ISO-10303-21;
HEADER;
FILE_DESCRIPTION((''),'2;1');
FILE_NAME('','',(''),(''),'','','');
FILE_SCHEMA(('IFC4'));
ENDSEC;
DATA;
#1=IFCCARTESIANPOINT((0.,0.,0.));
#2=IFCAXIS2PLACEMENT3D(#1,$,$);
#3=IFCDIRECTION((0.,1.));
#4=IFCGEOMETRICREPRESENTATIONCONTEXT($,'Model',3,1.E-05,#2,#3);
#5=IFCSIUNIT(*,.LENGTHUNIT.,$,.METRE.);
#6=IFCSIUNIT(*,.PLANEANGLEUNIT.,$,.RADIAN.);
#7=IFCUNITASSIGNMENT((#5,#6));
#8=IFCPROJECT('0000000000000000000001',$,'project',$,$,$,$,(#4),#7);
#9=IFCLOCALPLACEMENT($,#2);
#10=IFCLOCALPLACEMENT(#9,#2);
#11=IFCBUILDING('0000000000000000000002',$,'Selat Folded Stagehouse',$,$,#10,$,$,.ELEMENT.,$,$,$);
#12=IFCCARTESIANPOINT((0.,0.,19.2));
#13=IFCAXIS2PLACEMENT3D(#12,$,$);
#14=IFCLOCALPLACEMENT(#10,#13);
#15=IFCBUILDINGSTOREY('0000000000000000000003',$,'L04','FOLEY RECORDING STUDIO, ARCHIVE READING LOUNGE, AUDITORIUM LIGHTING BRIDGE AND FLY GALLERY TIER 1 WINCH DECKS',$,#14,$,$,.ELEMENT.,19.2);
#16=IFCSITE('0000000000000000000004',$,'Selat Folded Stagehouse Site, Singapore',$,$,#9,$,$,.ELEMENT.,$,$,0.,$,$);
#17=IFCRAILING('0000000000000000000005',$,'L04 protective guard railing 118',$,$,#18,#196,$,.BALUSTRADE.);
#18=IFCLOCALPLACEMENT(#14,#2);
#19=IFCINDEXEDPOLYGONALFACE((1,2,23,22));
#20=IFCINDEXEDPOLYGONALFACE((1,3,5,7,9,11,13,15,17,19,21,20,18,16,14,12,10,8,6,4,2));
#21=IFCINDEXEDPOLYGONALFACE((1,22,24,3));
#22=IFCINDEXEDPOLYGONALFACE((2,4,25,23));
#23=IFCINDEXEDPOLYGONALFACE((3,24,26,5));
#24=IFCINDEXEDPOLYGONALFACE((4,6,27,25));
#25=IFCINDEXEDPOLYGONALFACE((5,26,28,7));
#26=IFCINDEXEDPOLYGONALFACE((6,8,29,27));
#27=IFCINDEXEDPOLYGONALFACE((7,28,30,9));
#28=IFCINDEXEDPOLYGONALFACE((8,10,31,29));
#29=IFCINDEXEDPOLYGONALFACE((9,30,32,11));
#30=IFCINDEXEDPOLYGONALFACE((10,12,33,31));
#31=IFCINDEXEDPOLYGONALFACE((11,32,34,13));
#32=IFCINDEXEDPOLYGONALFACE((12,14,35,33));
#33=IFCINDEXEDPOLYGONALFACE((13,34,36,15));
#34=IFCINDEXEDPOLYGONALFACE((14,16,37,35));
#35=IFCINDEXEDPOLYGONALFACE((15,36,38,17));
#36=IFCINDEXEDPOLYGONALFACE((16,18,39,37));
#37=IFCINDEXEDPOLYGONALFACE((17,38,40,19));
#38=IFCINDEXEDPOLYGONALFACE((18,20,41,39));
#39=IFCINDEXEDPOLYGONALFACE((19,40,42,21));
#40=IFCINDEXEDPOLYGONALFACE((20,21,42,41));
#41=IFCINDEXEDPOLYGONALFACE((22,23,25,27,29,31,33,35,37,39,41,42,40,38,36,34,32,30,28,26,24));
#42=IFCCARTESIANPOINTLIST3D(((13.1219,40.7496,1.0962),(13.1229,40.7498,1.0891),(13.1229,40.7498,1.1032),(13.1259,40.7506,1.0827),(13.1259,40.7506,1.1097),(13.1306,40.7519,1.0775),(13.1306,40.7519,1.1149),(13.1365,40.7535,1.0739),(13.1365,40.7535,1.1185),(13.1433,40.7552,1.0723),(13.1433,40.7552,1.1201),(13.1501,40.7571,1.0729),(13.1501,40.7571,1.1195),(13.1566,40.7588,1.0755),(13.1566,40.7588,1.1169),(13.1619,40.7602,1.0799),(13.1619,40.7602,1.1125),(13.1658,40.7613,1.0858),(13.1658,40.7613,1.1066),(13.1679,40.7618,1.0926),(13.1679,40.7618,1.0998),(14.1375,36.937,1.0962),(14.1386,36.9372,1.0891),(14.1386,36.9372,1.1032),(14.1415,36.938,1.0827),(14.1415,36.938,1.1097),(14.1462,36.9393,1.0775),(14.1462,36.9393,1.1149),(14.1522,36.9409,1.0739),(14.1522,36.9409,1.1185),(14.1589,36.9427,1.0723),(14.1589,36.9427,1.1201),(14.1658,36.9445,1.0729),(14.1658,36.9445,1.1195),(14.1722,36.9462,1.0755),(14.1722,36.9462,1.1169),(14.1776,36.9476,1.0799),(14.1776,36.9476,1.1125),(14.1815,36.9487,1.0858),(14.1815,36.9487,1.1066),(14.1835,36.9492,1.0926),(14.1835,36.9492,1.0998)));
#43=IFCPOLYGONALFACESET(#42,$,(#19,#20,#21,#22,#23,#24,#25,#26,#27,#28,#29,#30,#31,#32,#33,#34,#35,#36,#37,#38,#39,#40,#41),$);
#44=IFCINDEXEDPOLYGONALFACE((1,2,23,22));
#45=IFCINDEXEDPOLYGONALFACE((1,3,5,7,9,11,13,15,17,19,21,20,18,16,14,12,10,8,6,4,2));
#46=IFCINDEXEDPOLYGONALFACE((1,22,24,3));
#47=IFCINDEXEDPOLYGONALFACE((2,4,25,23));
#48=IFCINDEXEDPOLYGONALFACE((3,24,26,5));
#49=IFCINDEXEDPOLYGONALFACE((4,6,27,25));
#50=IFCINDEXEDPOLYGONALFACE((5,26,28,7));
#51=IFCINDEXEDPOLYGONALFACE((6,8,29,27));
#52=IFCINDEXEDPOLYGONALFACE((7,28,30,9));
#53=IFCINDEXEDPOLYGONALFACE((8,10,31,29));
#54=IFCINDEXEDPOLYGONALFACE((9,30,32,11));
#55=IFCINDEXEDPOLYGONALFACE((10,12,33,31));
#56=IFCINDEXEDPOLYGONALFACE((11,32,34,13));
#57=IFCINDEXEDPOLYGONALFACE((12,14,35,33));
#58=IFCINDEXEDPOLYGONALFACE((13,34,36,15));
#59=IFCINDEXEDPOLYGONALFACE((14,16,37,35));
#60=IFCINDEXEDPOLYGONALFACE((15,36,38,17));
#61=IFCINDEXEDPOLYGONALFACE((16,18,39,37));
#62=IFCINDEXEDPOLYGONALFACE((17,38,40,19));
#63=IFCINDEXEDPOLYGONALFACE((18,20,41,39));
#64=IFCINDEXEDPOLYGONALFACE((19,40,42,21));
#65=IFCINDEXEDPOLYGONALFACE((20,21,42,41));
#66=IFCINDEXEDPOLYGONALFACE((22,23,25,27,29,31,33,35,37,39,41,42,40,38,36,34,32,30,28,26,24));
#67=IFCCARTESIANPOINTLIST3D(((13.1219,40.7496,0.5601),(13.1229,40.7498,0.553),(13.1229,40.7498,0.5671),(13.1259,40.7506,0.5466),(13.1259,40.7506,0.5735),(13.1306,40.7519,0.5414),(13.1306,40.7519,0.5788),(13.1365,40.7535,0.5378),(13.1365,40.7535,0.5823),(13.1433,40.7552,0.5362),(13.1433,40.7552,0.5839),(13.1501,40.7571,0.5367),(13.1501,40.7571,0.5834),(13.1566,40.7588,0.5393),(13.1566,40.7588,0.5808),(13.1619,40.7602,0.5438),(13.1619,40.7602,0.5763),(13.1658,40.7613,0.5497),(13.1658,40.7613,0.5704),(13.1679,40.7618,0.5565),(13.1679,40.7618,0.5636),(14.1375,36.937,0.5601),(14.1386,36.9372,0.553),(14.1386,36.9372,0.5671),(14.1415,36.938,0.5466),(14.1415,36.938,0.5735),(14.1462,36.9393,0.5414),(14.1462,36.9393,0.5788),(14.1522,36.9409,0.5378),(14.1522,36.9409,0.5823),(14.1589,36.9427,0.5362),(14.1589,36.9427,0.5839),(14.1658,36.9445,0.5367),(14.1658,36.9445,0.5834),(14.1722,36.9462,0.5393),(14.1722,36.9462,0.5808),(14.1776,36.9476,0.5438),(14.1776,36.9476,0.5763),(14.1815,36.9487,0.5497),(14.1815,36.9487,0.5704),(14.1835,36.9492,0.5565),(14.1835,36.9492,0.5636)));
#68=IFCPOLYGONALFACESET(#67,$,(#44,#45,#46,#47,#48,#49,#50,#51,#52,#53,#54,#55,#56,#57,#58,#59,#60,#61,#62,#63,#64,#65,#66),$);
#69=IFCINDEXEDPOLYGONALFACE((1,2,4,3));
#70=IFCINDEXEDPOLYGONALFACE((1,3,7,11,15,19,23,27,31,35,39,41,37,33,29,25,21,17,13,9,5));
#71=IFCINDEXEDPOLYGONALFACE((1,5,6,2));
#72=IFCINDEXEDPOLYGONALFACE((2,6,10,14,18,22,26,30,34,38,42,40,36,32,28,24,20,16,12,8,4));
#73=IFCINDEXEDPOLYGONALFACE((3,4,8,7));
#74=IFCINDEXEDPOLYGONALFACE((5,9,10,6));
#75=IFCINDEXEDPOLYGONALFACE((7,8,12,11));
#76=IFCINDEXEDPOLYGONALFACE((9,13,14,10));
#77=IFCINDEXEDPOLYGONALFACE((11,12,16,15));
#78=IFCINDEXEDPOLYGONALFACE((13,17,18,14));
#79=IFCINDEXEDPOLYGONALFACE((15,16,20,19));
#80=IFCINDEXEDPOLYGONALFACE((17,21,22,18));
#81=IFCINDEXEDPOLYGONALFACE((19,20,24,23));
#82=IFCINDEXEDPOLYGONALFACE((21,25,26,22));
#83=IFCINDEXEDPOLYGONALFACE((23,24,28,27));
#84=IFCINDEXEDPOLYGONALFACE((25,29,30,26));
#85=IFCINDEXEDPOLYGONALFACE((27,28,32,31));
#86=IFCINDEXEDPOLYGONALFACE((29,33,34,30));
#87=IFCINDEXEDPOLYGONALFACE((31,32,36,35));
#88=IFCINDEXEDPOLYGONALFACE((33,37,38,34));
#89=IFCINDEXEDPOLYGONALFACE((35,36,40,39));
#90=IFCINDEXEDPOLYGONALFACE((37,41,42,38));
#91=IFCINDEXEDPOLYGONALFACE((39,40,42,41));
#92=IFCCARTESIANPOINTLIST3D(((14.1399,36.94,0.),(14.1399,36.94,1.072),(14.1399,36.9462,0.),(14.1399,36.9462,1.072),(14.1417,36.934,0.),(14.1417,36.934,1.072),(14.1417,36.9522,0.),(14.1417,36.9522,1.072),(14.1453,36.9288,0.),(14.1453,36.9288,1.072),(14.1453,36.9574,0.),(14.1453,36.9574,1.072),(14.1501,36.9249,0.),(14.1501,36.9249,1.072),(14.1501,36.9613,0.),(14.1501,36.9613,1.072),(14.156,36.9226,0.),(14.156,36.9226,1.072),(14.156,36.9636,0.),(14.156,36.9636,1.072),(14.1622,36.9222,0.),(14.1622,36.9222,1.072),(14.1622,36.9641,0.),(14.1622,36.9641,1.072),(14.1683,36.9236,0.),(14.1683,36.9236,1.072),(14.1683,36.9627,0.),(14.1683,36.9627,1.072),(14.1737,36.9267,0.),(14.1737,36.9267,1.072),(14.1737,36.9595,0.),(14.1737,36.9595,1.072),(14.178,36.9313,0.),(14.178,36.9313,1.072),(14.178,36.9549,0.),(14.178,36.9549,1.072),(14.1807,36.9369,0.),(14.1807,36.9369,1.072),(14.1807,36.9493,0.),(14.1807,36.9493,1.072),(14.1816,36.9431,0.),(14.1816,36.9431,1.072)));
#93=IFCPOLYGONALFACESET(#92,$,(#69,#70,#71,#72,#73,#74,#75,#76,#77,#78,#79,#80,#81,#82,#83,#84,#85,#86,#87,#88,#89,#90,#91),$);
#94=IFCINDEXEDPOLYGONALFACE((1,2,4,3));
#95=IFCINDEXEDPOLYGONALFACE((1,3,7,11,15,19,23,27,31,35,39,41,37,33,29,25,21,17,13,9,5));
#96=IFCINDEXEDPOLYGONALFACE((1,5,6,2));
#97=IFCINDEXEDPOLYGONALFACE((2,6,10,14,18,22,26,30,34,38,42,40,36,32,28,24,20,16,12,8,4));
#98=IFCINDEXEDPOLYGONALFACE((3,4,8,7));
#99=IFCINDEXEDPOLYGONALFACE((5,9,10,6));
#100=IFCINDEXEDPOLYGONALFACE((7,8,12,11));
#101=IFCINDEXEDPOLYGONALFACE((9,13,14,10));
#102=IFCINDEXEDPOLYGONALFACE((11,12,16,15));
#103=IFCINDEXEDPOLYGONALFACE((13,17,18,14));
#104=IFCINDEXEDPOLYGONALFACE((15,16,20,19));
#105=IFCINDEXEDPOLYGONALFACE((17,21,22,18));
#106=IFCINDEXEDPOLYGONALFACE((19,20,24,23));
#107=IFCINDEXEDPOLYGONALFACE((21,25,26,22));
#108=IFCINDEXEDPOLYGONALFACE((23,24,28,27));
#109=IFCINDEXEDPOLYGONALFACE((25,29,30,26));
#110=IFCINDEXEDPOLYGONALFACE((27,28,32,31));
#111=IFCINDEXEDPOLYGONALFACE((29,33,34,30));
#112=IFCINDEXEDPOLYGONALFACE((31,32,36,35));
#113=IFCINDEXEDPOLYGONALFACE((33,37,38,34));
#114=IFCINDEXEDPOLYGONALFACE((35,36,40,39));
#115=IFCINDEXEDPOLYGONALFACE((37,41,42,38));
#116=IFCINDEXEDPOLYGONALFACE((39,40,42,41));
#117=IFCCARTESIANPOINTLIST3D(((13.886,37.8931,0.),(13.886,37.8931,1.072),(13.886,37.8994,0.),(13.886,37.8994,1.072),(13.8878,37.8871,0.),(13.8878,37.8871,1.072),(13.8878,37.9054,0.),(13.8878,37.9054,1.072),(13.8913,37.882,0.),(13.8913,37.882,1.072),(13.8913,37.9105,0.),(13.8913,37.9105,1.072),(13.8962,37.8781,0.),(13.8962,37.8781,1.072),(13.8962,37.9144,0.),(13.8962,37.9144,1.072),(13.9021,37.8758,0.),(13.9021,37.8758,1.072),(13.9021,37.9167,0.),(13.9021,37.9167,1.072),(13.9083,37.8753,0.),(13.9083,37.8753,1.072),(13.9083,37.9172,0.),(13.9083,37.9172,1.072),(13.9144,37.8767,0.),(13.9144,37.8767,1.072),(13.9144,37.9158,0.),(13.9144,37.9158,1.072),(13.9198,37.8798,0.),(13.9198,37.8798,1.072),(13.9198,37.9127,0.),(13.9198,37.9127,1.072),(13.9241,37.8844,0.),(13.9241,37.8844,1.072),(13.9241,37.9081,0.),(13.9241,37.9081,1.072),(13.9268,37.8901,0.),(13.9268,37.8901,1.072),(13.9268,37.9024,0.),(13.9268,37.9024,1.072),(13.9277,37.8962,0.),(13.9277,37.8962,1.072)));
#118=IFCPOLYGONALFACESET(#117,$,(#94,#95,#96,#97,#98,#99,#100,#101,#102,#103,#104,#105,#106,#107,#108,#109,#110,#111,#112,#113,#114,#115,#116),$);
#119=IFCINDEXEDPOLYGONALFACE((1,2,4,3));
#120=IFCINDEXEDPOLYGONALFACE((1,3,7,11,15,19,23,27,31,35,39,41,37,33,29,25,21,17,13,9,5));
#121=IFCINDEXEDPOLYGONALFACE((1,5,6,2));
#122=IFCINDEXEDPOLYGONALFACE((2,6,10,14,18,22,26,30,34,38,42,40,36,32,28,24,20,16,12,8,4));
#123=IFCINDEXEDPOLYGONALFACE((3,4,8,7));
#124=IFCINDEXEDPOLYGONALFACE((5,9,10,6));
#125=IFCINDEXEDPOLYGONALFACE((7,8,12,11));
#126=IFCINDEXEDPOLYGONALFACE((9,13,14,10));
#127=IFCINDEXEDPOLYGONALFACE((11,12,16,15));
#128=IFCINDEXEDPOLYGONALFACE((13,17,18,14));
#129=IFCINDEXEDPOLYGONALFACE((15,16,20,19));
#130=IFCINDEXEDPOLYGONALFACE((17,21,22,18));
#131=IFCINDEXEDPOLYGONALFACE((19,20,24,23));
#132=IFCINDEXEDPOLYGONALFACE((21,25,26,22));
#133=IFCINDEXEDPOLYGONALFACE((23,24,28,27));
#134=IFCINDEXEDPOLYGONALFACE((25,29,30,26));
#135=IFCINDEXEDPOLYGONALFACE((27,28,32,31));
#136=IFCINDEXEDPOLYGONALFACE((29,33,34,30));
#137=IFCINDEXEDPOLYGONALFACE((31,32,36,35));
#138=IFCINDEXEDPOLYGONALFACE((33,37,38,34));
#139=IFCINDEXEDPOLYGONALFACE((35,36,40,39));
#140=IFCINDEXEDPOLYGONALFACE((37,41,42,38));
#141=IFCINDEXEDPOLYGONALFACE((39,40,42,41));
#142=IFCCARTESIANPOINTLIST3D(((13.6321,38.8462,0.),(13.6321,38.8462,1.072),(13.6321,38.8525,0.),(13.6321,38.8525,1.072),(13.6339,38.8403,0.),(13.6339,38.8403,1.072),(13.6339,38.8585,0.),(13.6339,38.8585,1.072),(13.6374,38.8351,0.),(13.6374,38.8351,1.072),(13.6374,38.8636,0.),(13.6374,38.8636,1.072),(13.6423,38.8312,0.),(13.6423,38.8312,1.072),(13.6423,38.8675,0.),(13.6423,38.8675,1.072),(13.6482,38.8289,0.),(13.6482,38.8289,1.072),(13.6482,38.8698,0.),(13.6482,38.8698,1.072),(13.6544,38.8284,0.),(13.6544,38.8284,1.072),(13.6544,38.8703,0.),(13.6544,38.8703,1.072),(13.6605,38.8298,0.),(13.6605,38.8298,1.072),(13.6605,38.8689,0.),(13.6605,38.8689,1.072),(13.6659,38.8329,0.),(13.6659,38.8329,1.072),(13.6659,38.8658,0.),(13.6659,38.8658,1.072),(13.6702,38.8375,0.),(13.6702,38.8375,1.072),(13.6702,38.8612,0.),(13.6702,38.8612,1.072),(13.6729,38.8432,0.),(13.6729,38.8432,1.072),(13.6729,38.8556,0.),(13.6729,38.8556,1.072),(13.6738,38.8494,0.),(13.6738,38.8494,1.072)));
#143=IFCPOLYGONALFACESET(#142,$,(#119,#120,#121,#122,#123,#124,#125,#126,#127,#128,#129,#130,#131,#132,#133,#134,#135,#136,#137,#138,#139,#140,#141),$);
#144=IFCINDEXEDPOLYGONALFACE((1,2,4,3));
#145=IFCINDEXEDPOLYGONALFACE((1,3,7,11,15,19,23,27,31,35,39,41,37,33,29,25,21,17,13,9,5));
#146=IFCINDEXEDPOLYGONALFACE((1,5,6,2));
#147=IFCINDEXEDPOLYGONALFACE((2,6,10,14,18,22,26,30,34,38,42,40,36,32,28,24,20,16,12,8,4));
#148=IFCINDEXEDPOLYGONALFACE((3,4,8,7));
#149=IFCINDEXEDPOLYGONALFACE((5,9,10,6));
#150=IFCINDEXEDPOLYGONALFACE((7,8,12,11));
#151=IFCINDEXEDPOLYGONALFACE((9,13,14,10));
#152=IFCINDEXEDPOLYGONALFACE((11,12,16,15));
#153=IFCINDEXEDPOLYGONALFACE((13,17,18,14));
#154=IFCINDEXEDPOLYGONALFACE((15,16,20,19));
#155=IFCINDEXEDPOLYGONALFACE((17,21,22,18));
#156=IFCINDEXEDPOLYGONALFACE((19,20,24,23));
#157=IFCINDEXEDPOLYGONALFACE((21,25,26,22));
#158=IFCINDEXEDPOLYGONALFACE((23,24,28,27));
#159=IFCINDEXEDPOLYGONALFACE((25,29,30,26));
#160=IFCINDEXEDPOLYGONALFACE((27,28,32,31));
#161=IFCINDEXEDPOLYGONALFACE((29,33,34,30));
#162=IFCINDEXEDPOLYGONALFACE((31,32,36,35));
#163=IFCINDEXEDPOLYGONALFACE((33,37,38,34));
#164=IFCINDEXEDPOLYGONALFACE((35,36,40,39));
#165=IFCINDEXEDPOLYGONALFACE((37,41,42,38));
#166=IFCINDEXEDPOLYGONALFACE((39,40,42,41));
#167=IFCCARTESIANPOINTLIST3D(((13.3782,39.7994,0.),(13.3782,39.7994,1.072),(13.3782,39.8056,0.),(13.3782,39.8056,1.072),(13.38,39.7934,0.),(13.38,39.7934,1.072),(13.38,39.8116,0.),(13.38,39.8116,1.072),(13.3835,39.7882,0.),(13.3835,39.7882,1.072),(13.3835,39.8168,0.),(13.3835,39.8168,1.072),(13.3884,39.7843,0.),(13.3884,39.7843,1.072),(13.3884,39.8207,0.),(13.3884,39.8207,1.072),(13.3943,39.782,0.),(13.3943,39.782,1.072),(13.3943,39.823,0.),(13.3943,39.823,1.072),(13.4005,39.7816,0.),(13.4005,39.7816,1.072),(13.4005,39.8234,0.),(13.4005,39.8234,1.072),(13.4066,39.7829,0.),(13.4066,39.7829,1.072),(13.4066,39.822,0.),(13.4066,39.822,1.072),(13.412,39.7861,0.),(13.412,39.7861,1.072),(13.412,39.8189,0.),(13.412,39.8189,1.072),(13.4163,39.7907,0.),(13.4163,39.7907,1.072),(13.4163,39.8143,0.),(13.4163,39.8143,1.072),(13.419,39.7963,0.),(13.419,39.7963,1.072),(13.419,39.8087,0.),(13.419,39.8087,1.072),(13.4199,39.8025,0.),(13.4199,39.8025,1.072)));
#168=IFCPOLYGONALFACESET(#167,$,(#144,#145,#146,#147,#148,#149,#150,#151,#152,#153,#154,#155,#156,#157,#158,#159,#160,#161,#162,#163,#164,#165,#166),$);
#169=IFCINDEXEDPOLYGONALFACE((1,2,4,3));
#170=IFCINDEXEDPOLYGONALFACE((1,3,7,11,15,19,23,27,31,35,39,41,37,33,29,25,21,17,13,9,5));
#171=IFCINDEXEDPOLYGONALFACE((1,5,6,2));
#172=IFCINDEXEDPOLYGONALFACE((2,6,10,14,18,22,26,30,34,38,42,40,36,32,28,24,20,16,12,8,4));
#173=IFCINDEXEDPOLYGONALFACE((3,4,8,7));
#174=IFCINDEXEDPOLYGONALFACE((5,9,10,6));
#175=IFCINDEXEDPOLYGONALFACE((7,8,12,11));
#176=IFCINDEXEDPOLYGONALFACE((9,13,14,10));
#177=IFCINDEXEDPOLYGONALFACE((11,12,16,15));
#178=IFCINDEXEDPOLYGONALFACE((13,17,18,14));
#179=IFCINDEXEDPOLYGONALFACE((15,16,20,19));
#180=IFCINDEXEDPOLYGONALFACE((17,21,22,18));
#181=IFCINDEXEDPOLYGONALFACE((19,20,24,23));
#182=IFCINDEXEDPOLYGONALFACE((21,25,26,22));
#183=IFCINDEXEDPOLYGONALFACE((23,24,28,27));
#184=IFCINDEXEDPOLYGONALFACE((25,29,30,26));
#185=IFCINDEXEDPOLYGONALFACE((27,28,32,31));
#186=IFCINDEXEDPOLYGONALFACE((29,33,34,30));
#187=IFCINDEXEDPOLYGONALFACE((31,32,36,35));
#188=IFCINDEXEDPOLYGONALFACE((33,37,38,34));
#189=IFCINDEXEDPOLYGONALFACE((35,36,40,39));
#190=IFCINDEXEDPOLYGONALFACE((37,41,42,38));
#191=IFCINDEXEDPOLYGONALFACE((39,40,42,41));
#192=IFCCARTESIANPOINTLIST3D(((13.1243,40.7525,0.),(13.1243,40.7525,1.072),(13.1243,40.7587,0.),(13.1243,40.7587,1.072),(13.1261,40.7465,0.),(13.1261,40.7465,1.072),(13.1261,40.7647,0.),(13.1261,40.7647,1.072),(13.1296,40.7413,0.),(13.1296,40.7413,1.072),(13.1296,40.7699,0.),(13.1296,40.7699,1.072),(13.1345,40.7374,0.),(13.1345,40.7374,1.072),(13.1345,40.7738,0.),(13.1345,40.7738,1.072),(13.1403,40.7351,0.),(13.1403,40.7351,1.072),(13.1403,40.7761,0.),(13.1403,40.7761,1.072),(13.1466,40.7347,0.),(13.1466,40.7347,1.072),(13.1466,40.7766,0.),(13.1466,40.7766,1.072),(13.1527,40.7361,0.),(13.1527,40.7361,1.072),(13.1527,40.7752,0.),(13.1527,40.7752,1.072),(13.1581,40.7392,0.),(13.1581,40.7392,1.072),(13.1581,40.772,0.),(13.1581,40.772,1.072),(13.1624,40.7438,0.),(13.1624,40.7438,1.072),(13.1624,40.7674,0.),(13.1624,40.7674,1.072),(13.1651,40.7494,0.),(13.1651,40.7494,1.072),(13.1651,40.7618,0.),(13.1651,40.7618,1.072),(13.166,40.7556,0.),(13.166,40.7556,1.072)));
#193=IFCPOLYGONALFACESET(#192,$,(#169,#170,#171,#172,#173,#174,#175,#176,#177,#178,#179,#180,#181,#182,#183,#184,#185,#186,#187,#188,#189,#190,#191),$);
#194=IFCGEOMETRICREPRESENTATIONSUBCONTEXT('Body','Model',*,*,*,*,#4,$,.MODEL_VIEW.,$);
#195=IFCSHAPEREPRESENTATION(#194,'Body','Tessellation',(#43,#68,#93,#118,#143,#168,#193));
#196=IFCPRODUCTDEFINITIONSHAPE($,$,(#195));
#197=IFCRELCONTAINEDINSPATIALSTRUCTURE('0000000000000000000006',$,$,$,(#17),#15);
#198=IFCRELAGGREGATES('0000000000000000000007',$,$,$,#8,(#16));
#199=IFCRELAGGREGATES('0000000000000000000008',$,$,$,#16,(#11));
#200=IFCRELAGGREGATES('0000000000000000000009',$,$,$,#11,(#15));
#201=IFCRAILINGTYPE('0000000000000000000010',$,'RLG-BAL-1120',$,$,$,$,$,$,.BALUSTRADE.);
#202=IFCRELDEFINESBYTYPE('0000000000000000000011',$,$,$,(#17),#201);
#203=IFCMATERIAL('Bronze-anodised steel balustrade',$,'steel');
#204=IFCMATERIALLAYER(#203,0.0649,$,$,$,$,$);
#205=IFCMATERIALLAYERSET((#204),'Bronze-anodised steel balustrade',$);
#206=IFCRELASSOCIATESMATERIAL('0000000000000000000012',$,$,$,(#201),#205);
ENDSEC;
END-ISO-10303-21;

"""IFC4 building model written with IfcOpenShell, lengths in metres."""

from ifc_helpers import new_model, si_unit, direction, frame, origin, origin_2d, place, context, subcontext, project, spatial, circle, extrude, material, layer, layer_set, type_object, element, save


model = new_model("IFC4")

# Units and contexts
model_context = context("Model", 3, precision=1e-05, world=origin(), true_north=direction((0.0, 1.0)))
body_context = subcontext(model_context, "Body", "Model", "MODEL_VIEW")
ifc_project = project(units=[si_unit("LENGTHUNIT", "METRE"), si_unit("PLANEANGLEUNIT", "RADIAN")], contexts=[model_context])

# Site, building, storey
site_placement = place(None, origin())
site = spatial("IfcSite", under=ifc_project, at=site_placement, Name="Selat Folded Stagehouse Site, Singapore", CompositionType="ELEMENT", RefElevation=0.0)
building_placement = place(site_placement, origin())
building = spatial("IfcBuilding", under=site, at=building_placement, Name="Selat Folded Stagehouse", CompositionType="ELEMENT")
storey_placement = place(building_placement, frame((0.0, 0.0, 19.2)))
storey = spatial("IfcBuildingStorey", under=building, at=storey_placement, Name="L04", Description="FOLEY RECORDING STUDIO, ARCHIVE READING LOUNGE, AUDITORIUM LIGHTING BRIDGE AND FLY GALLERY TIER 1 WINCH DECKS", CompositionType="ELEMENT", Elevation=19.2)

# Railing
ifc_material_1 = material(Name="Bronze-anodised steel balustrade", Category="steel")
ifc_layer_1 = layer(ifc_material_1, 0.0649)
ifc_layer_set_1 = layer_set([ifc_layer_1], Name="Bronze-anodised steel balustrade")
railing_type = type_object("IfcRailingType", Name="RLG-BAL-1120", PredefinedType="BALUSTRADE", material=ifc_layer_set_1)
railing_1_placement = place(storey_placement, frame((14.1606, 36.9431, 0.0)))
element("IfcRailing", 1, at=railing_1_placement, inside=storey, type_object=railing_type, Name="L04 protective guard railing 118", PredefinedType="BALUSTRADE", context=body_context, shape_type="SweptSolid", body=[
    extrude(circle(Radius=0.0239, at=origin_2d()), frame((0.0, 0.0, 1.0962), z_axis=(-0.257416, 0.966301, 0.0), x_axis=(-0.966301, -0.257416, 0.0)), (0.0, 0.0, 1.0), 3.9456),
    extrude(circle(Radius=0.0239, at=origin_2d()), frame((0.0, 0.0, 0.5601), z_axis=(-0.257416, 0.966301, 0.0), x_axis=(-0.966301, -0.257416, 0.0)), (0.0, 0.0, 1.0), 3.9456),
    extrude(circle(Radius=0.021, at=origin_2d()), origin(), (0.0, 0.0, 1.0), 1.072),
    extrude(circle(Radius=0.021, at=origin_2d()), frame((-0.2539, 0.9531, 0.0)), (0.0, 0.0, 1.0), 1.072),
    extrude(circle(Radius=0.021, at=origin_2d()), frame((-0.5078, 1.9062, 0.0)), (0.0, 0.0, 1.0), 1.072),
    extrude(circle(Radius=0.021, at=origin_2d()), frame((-0.7617, 2.8594, 0.0)), (0.0, 0.0, 1.0), 1.072),
    extrude(circle(Radius=0.021, at=origin_2d()), frame((-1.0156, 3.8125, 0.0)), (0.0, 0.0, 1.0), 1.072),
])

save(model, "model.ifc")
